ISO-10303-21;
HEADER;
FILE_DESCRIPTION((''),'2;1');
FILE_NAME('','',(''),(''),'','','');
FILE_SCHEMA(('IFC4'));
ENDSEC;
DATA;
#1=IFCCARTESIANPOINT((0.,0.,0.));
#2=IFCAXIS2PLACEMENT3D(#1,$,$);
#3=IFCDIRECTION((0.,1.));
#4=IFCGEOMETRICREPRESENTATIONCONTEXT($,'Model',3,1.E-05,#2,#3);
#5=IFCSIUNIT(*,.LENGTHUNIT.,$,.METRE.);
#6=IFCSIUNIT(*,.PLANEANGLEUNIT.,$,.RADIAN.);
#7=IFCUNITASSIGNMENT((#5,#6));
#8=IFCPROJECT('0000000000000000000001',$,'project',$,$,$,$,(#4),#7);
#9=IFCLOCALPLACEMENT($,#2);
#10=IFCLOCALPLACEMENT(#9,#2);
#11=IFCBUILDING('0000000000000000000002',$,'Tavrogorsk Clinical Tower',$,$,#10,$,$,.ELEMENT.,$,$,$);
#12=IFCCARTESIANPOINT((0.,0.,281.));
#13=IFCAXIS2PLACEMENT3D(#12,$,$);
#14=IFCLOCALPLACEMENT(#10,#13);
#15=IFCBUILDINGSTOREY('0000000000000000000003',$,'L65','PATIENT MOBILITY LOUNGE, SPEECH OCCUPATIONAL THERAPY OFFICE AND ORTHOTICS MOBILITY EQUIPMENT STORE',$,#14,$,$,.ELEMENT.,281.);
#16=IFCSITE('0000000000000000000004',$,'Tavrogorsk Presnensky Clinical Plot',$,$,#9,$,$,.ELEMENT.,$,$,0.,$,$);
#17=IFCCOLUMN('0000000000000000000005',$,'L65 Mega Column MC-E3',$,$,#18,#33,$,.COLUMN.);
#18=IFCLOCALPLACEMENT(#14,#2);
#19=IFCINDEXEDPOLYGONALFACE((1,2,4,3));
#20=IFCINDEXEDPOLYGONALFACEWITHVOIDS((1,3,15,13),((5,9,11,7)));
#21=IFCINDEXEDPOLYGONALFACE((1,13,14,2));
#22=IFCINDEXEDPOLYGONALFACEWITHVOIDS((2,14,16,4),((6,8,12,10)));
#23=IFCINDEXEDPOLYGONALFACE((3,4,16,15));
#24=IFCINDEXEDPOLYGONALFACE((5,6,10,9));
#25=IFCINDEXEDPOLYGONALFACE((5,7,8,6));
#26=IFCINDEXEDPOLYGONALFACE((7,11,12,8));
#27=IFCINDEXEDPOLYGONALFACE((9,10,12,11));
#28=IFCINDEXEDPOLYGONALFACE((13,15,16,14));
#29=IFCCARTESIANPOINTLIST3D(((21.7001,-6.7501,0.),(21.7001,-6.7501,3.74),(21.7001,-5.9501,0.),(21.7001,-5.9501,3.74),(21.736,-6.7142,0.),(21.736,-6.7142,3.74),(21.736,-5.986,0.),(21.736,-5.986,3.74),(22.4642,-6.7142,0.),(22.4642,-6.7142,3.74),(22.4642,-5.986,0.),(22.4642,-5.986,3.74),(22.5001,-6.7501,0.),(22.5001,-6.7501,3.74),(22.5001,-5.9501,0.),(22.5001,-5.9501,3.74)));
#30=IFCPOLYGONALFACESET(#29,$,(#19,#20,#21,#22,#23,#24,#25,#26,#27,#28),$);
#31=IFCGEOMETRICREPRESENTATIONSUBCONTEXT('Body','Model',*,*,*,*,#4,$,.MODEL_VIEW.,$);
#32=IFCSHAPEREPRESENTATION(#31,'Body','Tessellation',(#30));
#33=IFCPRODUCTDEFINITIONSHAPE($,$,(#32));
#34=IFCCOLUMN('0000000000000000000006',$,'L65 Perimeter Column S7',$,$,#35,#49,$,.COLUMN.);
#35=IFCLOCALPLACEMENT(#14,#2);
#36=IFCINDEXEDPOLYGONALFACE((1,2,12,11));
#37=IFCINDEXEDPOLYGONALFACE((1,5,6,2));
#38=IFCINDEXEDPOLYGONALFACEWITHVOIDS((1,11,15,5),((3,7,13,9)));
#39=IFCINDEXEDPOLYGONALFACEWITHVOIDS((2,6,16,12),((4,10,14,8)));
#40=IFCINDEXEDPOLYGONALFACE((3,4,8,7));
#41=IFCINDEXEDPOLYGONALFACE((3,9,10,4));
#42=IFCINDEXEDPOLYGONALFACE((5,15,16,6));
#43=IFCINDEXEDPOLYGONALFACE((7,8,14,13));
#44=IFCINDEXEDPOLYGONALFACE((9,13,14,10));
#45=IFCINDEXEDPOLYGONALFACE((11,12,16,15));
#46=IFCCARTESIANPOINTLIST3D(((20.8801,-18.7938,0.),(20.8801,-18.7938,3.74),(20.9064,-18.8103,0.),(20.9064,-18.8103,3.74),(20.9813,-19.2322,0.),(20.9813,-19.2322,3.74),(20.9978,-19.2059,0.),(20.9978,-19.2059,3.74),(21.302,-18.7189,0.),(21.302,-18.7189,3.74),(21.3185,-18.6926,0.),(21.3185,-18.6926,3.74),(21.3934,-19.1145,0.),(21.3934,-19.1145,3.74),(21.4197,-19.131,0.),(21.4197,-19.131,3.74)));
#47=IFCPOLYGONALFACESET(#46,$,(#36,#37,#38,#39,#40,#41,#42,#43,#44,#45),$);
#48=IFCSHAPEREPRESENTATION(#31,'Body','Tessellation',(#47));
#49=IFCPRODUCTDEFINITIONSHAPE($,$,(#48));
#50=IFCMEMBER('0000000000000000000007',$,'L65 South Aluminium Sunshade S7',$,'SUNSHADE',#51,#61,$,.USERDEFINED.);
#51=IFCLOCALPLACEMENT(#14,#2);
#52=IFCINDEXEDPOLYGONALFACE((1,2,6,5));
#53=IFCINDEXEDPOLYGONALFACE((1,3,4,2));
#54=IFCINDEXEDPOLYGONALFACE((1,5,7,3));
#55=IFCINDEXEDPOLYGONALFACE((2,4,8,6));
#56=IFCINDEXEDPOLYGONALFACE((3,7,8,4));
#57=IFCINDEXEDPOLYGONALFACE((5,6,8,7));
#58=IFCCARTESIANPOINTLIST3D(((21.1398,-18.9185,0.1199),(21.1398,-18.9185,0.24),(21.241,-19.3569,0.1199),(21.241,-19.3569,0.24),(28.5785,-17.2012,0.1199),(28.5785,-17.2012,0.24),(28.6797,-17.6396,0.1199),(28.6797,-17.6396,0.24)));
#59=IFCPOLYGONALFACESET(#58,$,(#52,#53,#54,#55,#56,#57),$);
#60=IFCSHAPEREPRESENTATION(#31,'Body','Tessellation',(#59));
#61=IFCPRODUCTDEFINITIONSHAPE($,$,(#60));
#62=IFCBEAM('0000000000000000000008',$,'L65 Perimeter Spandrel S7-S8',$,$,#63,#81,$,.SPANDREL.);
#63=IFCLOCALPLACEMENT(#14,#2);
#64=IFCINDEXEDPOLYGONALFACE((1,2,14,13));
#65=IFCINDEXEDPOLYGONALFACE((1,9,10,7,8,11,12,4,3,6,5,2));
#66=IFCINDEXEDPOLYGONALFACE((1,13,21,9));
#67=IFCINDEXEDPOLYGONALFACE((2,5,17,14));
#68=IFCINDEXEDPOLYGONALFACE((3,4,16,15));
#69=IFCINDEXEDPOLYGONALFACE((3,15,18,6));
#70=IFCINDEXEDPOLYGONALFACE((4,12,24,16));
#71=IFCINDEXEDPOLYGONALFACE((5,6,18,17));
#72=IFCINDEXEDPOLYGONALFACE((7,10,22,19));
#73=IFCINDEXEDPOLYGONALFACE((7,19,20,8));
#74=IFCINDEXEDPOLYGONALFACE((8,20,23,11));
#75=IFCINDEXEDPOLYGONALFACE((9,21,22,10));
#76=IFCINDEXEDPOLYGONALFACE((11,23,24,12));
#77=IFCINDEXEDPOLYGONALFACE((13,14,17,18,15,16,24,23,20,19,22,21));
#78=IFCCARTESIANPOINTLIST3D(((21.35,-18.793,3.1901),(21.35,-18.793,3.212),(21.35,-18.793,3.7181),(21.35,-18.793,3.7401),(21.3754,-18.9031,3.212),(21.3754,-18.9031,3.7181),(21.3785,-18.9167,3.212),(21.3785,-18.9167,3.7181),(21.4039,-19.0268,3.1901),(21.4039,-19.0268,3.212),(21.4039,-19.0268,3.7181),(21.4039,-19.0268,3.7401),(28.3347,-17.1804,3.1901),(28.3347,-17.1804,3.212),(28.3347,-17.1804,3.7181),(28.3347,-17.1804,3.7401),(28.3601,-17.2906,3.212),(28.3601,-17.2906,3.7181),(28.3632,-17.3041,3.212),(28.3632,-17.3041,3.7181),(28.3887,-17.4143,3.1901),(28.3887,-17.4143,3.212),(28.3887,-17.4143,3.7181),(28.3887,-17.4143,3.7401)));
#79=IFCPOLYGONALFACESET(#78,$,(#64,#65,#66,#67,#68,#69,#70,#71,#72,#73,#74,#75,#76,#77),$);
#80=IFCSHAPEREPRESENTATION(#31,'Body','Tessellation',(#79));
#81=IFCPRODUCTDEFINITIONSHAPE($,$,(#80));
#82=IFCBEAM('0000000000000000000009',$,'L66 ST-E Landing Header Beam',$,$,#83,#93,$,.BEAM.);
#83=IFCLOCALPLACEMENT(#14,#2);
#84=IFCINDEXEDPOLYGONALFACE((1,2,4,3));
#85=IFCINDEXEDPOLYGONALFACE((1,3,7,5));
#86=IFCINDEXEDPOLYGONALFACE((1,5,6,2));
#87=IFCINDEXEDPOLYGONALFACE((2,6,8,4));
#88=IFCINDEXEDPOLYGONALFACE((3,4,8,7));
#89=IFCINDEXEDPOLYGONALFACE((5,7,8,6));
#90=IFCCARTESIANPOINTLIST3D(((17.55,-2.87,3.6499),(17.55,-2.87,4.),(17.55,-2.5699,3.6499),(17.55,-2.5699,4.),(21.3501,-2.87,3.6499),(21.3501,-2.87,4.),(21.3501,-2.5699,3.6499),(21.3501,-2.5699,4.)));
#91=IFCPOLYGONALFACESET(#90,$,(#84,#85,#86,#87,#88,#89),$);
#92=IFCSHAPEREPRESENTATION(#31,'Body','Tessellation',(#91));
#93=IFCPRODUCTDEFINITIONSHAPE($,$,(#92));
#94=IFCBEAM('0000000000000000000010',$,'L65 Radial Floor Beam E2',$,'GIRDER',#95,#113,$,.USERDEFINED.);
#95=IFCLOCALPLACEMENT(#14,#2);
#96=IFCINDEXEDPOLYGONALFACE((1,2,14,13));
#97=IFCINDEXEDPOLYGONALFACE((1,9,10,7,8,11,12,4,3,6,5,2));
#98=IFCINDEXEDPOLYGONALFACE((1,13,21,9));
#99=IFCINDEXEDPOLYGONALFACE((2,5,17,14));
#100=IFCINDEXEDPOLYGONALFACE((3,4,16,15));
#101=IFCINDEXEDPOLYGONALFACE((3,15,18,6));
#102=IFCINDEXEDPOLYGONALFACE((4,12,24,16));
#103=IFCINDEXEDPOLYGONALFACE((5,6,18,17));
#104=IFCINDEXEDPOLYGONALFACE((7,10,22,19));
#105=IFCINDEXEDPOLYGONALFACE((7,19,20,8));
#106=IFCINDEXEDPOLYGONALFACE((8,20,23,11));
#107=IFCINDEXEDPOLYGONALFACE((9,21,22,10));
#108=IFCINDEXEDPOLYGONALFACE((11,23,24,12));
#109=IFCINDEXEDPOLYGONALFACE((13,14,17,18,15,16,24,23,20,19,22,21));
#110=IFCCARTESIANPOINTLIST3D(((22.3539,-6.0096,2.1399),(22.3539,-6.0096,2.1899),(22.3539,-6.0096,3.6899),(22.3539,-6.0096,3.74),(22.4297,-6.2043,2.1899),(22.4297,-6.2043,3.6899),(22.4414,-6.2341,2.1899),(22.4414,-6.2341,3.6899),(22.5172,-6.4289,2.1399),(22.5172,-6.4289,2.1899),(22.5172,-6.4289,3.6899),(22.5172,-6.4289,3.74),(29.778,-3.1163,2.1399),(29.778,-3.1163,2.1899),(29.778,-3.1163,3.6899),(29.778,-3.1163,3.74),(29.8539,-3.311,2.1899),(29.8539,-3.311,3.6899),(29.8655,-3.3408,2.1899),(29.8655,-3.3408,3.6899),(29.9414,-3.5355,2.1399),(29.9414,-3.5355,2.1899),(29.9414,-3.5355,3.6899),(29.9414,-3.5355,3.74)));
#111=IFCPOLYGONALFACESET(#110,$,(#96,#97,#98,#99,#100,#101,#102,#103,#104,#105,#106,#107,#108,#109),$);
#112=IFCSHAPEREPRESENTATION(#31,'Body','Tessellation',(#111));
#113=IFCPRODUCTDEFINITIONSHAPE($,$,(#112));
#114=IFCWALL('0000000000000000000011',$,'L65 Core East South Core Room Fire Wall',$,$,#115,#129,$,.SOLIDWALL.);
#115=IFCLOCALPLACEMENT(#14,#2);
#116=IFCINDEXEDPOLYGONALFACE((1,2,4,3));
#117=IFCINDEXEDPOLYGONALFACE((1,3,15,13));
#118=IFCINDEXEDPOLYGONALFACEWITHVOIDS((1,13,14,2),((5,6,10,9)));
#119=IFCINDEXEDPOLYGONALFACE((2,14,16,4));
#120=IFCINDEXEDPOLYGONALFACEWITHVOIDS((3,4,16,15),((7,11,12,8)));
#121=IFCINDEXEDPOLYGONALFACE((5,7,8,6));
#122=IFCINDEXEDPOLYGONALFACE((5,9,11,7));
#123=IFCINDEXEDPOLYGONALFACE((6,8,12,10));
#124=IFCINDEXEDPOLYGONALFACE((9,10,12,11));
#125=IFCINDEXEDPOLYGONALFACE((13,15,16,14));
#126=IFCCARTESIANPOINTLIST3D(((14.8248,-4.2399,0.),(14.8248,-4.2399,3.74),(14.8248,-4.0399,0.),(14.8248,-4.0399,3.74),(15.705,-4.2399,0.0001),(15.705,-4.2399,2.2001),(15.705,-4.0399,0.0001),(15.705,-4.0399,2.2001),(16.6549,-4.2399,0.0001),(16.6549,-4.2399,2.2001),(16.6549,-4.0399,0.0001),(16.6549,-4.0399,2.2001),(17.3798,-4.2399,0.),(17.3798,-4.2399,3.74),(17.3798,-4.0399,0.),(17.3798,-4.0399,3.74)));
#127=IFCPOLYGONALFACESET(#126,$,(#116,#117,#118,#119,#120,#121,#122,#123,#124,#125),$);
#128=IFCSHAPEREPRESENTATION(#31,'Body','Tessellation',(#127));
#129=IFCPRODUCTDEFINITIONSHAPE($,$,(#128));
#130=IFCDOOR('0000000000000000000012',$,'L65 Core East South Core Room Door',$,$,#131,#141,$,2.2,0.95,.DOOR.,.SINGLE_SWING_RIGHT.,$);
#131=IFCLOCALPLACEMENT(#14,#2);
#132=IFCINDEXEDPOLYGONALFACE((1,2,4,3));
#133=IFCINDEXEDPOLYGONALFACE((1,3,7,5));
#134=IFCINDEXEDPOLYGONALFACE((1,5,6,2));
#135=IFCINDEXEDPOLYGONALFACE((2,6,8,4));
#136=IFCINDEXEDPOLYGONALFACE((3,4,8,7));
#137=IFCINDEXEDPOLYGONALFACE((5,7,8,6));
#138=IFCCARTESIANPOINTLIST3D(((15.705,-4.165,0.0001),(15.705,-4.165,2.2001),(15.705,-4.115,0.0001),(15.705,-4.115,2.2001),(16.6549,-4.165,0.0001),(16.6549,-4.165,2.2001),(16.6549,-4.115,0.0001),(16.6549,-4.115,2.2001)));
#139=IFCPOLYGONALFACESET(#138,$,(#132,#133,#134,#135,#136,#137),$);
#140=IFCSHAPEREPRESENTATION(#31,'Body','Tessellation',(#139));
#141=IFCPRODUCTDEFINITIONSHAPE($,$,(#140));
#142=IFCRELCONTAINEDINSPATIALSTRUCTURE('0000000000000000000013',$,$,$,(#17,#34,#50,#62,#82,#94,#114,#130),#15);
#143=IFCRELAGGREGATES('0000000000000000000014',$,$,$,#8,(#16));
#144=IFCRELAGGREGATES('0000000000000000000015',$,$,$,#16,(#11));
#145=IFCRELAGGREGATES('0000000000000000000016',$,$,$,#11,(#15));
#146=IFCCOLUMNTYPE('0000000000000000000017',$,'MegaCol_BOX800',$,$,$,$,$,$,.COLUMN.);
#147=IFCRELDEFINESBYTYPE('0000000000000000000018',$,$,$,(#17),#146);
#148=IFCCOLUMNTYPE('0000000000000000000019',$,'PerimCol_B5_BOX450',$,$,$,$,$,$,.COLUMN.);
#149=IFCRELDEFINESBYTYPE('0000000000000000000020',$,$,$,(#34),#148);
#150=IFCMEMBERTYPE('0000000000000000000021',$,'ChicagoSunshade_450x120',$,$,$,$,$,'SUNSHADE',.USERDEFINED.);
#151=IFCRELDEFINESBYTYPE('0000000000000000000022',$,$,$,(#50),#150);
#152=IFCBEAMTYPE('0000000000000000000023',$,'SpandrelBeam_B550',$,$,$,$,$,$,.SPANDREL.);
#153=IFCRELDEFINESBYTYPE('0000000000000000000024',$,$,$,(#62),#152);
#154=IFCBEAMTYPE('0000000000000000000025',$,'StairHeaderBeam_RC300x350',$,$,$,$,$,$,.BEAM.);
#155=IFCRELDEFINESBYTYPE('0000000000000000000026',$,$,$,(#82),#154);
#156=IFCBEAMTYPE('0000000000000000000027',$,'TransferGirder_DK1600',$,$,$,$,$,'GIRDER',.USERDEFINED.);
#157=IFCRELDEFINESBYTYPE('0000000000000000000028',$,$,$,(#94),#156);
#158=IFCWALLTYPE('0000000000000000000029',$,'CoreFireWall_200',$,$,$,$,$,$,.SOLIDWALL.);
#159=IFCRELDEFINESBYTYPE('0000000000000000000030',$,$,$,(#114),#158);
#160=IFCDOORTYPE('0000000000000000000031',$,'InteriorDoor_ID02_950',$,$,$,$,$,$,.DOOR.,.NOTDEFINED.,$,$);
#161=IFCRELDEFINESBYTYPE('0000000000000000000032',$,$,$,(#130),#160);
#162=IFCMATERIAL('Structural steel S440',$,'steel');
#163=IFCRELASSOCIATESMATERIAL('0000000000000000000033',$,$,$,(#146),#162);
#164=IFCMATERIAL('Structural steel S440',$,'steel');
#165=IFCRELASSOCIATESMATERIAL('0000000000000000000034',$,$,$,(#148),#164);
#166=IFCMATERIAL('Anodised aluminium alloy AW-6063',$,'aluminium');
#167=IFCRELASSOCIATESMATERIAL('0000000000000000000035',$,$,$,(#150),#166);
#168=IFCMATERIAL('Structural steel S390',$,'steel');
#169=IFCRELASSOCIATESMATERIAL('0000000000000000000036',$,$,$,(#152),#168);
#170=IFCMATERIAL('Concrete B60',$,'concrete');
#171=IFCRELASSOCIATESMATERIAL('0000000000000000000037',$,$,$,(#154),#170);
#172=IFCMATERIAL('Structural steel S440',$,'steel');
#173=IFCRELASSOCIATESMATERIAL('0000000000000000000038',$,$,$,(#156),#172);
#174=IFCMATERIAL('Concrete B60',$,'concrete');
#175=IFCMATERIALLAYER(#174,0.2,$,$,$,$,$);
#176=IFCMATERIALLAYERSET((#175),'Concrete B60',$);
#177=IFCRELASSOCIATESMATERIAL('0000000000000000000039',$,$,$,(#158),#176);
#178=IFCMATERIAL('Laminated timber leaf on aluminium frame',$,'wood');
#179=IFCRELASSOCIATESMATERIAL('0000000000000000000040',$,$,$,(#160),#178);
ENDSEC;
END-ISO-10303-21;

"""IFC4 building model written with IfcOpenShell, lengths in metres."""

from ifc_helpers import new_model, si_unit, direction, frame, frame_2d, origin, origin_2d, place, context, subcontext, project, spatial, rectangle, hollow_rectangle, i_section, extrude, material, layer, layer_set, material_profile, profile_set, type_object, element, fill, save


model = new_model("IFC4")

# Units and contexts
model_context = context("Model", 3, precision=1e-05, world=origin(), true_north=direction((0.0, 1.0)))
body_context = subcontext(model_context, "Body", "Model", "MODEL_VIEW")
ifc_project = project(units=[si_unit("LENGTHUNIT", "METRE"), si_unit("PLANEANGLEUNIT", "RADIAN")], contexts=[model_context])

# Site, building, storey
site_placement = place(None, origin())
site = spatial("IfcSite", under=ifc_project, at=site_placement, Name="Tavrogorsk Presnensky Clinical Plot", CompositionType="ELEMENT", RefElevation=0.0)
building_placement = place(site_placement, origin())
building = spatial("IfcBuilding", under=site, at=building_placement, Name="Tavrogorsk Clinical Tower", CompositionType="ELEMENT")
storey_placement = place(building_placement, frame((0.0, 0.0, 281.0)))
storey = spatial("IfcBuildingStorey", under=building, at=storey_placement, Name="L65", Description="PATIENT MOBILITY LOUNGE, SPEECH OCCUPATIONAL THERAPY OFFICE AND ORTHOTICS MOBILITY EQUIPMENT STORE", CompositionType="ELEMENT", Elevation=281.0)

# Columns
ifc_material_1 = material(Name="Structural steel S440", Category="steel")
ifc_material_profile_1 = material_profile(ifc_material_1, hollow_rectangle(XDim=0.8, YDim=0.8, WallThickness=0.0359, at=origin_2d()), Name="BOX-800x800x36")
ifc_profile_set_1 = profile_set([ifc_material_profile_1], Name="Structural steel S440")
column_type_1 = type_object("IfcColumnType", Name="MegaCol_BOX800", PredefinedType="COLUMN", material=ifc_profile_set_1)
column_1_placement = place(storey_placement, frame((22.1001, -6.3501, 0.0), z_axis=(0.0, 0.0, 1.0), x_axis=(1.0, 0.0, 0.0)))
element("IfcColumn", 1, at=column_1_placement, inside=storey, type_object=column_type_1, Name="L65 Mega Column MC-E3", PredefinedType="COLUMN", context=body_context, shape_type="SweptSolid", body=[
    extrude(hollow_rectangle(XDim=0.8, YDim=0.8, WallThickness=0.0359, at=origin_2d()), origin(), (0.0, 0.0, 1.0), 3.74),
])
ifc_material_2 = material(Name="Structural steel S440", Category="steel")
ifc_material_profile_2 = material_profile(ifc_material_2, hollow_rectangle(XDim=0.45, YDim=0.45, WallThickness=0.022, at=origin_2d()), Name="BOX-450x450x22")
ifc_profile_set_2 = profile_set([ifc_material_profile_2], Name="Structural steel S440")
column_type_2 = type_object("IfcColumnType", Name="PerimCol_B5_BOX450", PredefinedType="COLUMN", material=ifc_profile_set_2)
column_2_placement = place(storey_placement, frame((21.1499, -18.9624, 0.0), z_axis=(0.0, 0.0, 1.0), x_axis=(0.97437, 0.224951, 0.0)))
element("IfcColumn", 2, at=column_2_placement, inside=storey, type_object=column_type_2, Name="L65 Perimeter Column S7", PredefinedType="COLUMN", context=body_context, shape_type="SweptSolid", body=[
    extrude(hollow_rectangle(XDim=0.45, YDim=0.45, WallThickness=0.022, at=origin_2d()), origin(), (0.0, 0.0, 1.0), 3.74),
])

# Member
ifc_material_3 = material(Name="Anodised aluminium alloy AW-6063", Category="aluminium")
ifc_material_profile_3 = material_profile(ifc_material_3, rectangle(XDim=0.45, YDim=0.1201, at=origin_2d()), Name="ALU-SUNSHADE-450x120")
ifc_profile_set_3 = profile_set([ifc_material_profile_3], Name="Anodised aluminium alloy AW-6063")
member_type = type_object("IfcMemberType", Name="ChicagoSunshade_450x120", ElementType="SUNSHADE", PredefinedType="USERDEFINED", material=ifc_profile_set_3)
member_placement = place(storey_placement, frame((21.1904, -19.1377, 0.1799), z_axis=(0.974372, 0.224941, 0.0), x_axis=(-0.224941, 0.974372, 0.0)))
element("IfcMember", 3, at=member_placement, inside=storey, type_object=member_type, Name="L65 South Aluminium Sunshade S7", ObjectType="SUNSHADE", PredefinedType="USERDEFINED", context=body_context, shape_type="SweptSolid", body=[
    extrude(rectangle(XDim=0.45, YDim=0.1201, at=origin_2d()), origin(), (0.0, 0.0, 1.0), 7.6343),
])

# Beams
ifc_material_4 = material(Name="Structural steel S390", Category="steel")
ifc_material_profile_4 = material_profile(ifc_material_4, i_section(OverallWidth=0.24, OverallDepth=0.55, WebThickness=0.0139, FlangeThickness=0.022, at=origin_2d()), Name="B-550x240x14x22")
ifc_profile_set_4 = profile_set([ifc_material_profile_4], Name="Structural steel S390")
beam_type_1 = type_object("IfcBeamType", Name="SpandrelBeam_B550", PredefinedType="SPANDREL", material=ifc_profile_set_4)
beam_1_placement = place(storey_placement, frame((21.377, -18.9099, 3.4651), z_axis=(0.974369, 0.224954, 0.0), x_axis=(-0.224954, 0.974369, 0.0)))
element("IfcBeam", 4, at=beam_1_placement, inside=storey, type_object=beam_type_1, Name="L65 Perimeter Spandrel S7-S8", PredefinedType="SPANDREL", context=body_context, shape_type="SweptSolid", body=[
    extrude(i_section(OverallWidth=0.24, OverallDepth=0.55, WebThickness=0.0139, FlangeThickness=0.022, at=origin_2d()), origin(), (0.0, 0.0, 1.0), 7.1685),
])
ifc_material_5 = material(Name="Concrete B60", Category="concrete")
ifc_material_profile_5 = material_profile(ifc_material_5, rectangle(XDim=0.3, YDim=0.3501, at=origin_2d()), Name="RC-SHB-300x350")
ifc_profile_set_5 = profile_set([ifc_material_profile_5], Name="Concrete B60")
beam_type_2 = type_object("IfcBeamType", Name="StairHeaderBeam_RC300x350", PredefinedType="BEAM", material=ifc_profile_set_5)
beam_2_placement = place(storey_placement, frame((17.55, -2.72, 3.825), z_axis=(1.0, 0.0, 0.0), x_axis=(0.0, 1.0, 0.0)))
element("IfcBeam", 5, at=beam_2_placement, inside=storey, type_object=beam_type_2, Name="L66 ST-E Landing Header Beam", PredefinedType="BEAM", context=body_context, shape_type="SweptSolid", body=[
    extrude(rectangle(XDim=0.3, YDim=0.3501, at=origin_2d()), origin(), (0.0, 0.0, 1.0), 3.8),
])
ifc_material_6 = material(Name="Structural steel S440", Category="steel")
ifc_material_profile_6 = material_profile(ifc_material_6, i_section(OverallWidth=0.45, OverallDepth=1.6001, WebThickness=0.032, FlangeThickness=0.05, at=origin_2d()), Name="DK-1600x450x32x50")
ifc_profile_set_6 = profile_set([ifc_material_profile_6], Name="Structural steel S440")
beam_type_3 = type_object("IfcBeamType", Name="TransferGirder_DK1600", ElementType="GIRDER", PredefinedType="USERDEFINED", material=ifc_profile_set_6)
beam_3_placement = place(storey_placement, frame((22.4355, -6.2192, 2.9399), z_axis=(0.931743, 0.363119, 0.0), x_axis=(-0.363119, 0.931743, 0.0)))
element("IfcBeam", 6, at=beam_3_placement, inside=storey, type_object=beam_type_3, Name="L65 Radial Floor Beam E2", ObjectType="GIRDER", PredefinedType="USERDEFINED", context=body_context, shape_type="SweptSolid", body=[
    extrude(i_section(OverallWidth=0.45, OverallDepth=1.6001, WebThickness=0.032, FlangeThickness=0.05, at=origin_2d()), origin(), (0.0, 0.0, 1.0), 7.968),
])

# Wall, opening, door
ifc_material_7 = material(Name="Concrete B60", Category="concrete")
ifc_layer_1 = layer(ifc_material_7, 0.2)
ifc_layer_set_1 = layer_set([ifc_layer_1], Name="Concrete B60")
wall_type_1 = type_object("IfcWallType", Name="CoreFireWall_200", PredefinedType="SOLIDWALL", material=ifc_layer_set_1)
wall_1_placement = place(storey_placement, frame((14.825, -4.1399, 0.0), z_axis=(0.0, 0.0, 1.0), x_axis=(1.0, 0.0, 0.0)))
wall_1 = element("IfcWall", 7, at=wall_1_placement, inside=storey, type_object=wall_type_1, Name="L65 Core East South Core Room Fire Wall", PredefinedType="SOLIDWALL", context=body_context, shape_type="SweptSolid", body=[
    extrude(rectangle(XDim=2.5549, YDim=0.2, at=frame_2d((1.2773, 0.0))), origin(), (0.0, 0.0, 1.0), 3.74),
])
opening_1_placement = place(wall_1_placement, frame((0.8799, 0.0, 0.0)))
opening_1 = element("IfcOpeningElement", 8, at=opening_1_placement, cuts=wall_1, PredefinedType="OPENING", context=body_context, shape_type="SweptSolid", body=[
    extrude(rectangle(XDim=0.95, YDim=2.2, at=frame_2d((0.4751, 1.1001))), frame((0.0, 0.1099, 0.0), z_axis=(0.0, -1.0, 0.0), x_axis=(1.0, 0.0, 0.0)), (0.0, 0.0, 1.0), 0.22),
])
ifc_material_8 = material(Name="Laminated timber leaf on aluminium frame", Category="wood")
door_type_1 = type_object("IfcDoorType", Name="InteriorDoor_ID02_950", OperationType="NOTDEFINED", PredefinedType="DOOR", material=ifc_material_8)
door_1_placement = place(opening_1_placement, origin())
door_1 = element("IfcDoor", 9, at=door_1_placement, inside=storey, type_object=door_type_1, Name="L65 Core East South Core Room Door", OperationType="SINGLE_SWING_RIGHT", OverallHeight=2.2, OverallWidth=0.95, PredefinedType="DOOR", context=body_context, shape_type="SweptSolid", body=[
    extrude(rectangle(XDim=0.95, YDim=2.2, at=frame_2d((0.4751, 1.1001))), frame((0.0, 0.0249, 0.0), z_axis=(0.0, -1.0, 0.0), x_axis=(1.0, 0.0, 0.0)), (0.0, 0.0, 1.0), 0.05),
])
fill(opening_1, door_1)

save(model, "model.ifc")
